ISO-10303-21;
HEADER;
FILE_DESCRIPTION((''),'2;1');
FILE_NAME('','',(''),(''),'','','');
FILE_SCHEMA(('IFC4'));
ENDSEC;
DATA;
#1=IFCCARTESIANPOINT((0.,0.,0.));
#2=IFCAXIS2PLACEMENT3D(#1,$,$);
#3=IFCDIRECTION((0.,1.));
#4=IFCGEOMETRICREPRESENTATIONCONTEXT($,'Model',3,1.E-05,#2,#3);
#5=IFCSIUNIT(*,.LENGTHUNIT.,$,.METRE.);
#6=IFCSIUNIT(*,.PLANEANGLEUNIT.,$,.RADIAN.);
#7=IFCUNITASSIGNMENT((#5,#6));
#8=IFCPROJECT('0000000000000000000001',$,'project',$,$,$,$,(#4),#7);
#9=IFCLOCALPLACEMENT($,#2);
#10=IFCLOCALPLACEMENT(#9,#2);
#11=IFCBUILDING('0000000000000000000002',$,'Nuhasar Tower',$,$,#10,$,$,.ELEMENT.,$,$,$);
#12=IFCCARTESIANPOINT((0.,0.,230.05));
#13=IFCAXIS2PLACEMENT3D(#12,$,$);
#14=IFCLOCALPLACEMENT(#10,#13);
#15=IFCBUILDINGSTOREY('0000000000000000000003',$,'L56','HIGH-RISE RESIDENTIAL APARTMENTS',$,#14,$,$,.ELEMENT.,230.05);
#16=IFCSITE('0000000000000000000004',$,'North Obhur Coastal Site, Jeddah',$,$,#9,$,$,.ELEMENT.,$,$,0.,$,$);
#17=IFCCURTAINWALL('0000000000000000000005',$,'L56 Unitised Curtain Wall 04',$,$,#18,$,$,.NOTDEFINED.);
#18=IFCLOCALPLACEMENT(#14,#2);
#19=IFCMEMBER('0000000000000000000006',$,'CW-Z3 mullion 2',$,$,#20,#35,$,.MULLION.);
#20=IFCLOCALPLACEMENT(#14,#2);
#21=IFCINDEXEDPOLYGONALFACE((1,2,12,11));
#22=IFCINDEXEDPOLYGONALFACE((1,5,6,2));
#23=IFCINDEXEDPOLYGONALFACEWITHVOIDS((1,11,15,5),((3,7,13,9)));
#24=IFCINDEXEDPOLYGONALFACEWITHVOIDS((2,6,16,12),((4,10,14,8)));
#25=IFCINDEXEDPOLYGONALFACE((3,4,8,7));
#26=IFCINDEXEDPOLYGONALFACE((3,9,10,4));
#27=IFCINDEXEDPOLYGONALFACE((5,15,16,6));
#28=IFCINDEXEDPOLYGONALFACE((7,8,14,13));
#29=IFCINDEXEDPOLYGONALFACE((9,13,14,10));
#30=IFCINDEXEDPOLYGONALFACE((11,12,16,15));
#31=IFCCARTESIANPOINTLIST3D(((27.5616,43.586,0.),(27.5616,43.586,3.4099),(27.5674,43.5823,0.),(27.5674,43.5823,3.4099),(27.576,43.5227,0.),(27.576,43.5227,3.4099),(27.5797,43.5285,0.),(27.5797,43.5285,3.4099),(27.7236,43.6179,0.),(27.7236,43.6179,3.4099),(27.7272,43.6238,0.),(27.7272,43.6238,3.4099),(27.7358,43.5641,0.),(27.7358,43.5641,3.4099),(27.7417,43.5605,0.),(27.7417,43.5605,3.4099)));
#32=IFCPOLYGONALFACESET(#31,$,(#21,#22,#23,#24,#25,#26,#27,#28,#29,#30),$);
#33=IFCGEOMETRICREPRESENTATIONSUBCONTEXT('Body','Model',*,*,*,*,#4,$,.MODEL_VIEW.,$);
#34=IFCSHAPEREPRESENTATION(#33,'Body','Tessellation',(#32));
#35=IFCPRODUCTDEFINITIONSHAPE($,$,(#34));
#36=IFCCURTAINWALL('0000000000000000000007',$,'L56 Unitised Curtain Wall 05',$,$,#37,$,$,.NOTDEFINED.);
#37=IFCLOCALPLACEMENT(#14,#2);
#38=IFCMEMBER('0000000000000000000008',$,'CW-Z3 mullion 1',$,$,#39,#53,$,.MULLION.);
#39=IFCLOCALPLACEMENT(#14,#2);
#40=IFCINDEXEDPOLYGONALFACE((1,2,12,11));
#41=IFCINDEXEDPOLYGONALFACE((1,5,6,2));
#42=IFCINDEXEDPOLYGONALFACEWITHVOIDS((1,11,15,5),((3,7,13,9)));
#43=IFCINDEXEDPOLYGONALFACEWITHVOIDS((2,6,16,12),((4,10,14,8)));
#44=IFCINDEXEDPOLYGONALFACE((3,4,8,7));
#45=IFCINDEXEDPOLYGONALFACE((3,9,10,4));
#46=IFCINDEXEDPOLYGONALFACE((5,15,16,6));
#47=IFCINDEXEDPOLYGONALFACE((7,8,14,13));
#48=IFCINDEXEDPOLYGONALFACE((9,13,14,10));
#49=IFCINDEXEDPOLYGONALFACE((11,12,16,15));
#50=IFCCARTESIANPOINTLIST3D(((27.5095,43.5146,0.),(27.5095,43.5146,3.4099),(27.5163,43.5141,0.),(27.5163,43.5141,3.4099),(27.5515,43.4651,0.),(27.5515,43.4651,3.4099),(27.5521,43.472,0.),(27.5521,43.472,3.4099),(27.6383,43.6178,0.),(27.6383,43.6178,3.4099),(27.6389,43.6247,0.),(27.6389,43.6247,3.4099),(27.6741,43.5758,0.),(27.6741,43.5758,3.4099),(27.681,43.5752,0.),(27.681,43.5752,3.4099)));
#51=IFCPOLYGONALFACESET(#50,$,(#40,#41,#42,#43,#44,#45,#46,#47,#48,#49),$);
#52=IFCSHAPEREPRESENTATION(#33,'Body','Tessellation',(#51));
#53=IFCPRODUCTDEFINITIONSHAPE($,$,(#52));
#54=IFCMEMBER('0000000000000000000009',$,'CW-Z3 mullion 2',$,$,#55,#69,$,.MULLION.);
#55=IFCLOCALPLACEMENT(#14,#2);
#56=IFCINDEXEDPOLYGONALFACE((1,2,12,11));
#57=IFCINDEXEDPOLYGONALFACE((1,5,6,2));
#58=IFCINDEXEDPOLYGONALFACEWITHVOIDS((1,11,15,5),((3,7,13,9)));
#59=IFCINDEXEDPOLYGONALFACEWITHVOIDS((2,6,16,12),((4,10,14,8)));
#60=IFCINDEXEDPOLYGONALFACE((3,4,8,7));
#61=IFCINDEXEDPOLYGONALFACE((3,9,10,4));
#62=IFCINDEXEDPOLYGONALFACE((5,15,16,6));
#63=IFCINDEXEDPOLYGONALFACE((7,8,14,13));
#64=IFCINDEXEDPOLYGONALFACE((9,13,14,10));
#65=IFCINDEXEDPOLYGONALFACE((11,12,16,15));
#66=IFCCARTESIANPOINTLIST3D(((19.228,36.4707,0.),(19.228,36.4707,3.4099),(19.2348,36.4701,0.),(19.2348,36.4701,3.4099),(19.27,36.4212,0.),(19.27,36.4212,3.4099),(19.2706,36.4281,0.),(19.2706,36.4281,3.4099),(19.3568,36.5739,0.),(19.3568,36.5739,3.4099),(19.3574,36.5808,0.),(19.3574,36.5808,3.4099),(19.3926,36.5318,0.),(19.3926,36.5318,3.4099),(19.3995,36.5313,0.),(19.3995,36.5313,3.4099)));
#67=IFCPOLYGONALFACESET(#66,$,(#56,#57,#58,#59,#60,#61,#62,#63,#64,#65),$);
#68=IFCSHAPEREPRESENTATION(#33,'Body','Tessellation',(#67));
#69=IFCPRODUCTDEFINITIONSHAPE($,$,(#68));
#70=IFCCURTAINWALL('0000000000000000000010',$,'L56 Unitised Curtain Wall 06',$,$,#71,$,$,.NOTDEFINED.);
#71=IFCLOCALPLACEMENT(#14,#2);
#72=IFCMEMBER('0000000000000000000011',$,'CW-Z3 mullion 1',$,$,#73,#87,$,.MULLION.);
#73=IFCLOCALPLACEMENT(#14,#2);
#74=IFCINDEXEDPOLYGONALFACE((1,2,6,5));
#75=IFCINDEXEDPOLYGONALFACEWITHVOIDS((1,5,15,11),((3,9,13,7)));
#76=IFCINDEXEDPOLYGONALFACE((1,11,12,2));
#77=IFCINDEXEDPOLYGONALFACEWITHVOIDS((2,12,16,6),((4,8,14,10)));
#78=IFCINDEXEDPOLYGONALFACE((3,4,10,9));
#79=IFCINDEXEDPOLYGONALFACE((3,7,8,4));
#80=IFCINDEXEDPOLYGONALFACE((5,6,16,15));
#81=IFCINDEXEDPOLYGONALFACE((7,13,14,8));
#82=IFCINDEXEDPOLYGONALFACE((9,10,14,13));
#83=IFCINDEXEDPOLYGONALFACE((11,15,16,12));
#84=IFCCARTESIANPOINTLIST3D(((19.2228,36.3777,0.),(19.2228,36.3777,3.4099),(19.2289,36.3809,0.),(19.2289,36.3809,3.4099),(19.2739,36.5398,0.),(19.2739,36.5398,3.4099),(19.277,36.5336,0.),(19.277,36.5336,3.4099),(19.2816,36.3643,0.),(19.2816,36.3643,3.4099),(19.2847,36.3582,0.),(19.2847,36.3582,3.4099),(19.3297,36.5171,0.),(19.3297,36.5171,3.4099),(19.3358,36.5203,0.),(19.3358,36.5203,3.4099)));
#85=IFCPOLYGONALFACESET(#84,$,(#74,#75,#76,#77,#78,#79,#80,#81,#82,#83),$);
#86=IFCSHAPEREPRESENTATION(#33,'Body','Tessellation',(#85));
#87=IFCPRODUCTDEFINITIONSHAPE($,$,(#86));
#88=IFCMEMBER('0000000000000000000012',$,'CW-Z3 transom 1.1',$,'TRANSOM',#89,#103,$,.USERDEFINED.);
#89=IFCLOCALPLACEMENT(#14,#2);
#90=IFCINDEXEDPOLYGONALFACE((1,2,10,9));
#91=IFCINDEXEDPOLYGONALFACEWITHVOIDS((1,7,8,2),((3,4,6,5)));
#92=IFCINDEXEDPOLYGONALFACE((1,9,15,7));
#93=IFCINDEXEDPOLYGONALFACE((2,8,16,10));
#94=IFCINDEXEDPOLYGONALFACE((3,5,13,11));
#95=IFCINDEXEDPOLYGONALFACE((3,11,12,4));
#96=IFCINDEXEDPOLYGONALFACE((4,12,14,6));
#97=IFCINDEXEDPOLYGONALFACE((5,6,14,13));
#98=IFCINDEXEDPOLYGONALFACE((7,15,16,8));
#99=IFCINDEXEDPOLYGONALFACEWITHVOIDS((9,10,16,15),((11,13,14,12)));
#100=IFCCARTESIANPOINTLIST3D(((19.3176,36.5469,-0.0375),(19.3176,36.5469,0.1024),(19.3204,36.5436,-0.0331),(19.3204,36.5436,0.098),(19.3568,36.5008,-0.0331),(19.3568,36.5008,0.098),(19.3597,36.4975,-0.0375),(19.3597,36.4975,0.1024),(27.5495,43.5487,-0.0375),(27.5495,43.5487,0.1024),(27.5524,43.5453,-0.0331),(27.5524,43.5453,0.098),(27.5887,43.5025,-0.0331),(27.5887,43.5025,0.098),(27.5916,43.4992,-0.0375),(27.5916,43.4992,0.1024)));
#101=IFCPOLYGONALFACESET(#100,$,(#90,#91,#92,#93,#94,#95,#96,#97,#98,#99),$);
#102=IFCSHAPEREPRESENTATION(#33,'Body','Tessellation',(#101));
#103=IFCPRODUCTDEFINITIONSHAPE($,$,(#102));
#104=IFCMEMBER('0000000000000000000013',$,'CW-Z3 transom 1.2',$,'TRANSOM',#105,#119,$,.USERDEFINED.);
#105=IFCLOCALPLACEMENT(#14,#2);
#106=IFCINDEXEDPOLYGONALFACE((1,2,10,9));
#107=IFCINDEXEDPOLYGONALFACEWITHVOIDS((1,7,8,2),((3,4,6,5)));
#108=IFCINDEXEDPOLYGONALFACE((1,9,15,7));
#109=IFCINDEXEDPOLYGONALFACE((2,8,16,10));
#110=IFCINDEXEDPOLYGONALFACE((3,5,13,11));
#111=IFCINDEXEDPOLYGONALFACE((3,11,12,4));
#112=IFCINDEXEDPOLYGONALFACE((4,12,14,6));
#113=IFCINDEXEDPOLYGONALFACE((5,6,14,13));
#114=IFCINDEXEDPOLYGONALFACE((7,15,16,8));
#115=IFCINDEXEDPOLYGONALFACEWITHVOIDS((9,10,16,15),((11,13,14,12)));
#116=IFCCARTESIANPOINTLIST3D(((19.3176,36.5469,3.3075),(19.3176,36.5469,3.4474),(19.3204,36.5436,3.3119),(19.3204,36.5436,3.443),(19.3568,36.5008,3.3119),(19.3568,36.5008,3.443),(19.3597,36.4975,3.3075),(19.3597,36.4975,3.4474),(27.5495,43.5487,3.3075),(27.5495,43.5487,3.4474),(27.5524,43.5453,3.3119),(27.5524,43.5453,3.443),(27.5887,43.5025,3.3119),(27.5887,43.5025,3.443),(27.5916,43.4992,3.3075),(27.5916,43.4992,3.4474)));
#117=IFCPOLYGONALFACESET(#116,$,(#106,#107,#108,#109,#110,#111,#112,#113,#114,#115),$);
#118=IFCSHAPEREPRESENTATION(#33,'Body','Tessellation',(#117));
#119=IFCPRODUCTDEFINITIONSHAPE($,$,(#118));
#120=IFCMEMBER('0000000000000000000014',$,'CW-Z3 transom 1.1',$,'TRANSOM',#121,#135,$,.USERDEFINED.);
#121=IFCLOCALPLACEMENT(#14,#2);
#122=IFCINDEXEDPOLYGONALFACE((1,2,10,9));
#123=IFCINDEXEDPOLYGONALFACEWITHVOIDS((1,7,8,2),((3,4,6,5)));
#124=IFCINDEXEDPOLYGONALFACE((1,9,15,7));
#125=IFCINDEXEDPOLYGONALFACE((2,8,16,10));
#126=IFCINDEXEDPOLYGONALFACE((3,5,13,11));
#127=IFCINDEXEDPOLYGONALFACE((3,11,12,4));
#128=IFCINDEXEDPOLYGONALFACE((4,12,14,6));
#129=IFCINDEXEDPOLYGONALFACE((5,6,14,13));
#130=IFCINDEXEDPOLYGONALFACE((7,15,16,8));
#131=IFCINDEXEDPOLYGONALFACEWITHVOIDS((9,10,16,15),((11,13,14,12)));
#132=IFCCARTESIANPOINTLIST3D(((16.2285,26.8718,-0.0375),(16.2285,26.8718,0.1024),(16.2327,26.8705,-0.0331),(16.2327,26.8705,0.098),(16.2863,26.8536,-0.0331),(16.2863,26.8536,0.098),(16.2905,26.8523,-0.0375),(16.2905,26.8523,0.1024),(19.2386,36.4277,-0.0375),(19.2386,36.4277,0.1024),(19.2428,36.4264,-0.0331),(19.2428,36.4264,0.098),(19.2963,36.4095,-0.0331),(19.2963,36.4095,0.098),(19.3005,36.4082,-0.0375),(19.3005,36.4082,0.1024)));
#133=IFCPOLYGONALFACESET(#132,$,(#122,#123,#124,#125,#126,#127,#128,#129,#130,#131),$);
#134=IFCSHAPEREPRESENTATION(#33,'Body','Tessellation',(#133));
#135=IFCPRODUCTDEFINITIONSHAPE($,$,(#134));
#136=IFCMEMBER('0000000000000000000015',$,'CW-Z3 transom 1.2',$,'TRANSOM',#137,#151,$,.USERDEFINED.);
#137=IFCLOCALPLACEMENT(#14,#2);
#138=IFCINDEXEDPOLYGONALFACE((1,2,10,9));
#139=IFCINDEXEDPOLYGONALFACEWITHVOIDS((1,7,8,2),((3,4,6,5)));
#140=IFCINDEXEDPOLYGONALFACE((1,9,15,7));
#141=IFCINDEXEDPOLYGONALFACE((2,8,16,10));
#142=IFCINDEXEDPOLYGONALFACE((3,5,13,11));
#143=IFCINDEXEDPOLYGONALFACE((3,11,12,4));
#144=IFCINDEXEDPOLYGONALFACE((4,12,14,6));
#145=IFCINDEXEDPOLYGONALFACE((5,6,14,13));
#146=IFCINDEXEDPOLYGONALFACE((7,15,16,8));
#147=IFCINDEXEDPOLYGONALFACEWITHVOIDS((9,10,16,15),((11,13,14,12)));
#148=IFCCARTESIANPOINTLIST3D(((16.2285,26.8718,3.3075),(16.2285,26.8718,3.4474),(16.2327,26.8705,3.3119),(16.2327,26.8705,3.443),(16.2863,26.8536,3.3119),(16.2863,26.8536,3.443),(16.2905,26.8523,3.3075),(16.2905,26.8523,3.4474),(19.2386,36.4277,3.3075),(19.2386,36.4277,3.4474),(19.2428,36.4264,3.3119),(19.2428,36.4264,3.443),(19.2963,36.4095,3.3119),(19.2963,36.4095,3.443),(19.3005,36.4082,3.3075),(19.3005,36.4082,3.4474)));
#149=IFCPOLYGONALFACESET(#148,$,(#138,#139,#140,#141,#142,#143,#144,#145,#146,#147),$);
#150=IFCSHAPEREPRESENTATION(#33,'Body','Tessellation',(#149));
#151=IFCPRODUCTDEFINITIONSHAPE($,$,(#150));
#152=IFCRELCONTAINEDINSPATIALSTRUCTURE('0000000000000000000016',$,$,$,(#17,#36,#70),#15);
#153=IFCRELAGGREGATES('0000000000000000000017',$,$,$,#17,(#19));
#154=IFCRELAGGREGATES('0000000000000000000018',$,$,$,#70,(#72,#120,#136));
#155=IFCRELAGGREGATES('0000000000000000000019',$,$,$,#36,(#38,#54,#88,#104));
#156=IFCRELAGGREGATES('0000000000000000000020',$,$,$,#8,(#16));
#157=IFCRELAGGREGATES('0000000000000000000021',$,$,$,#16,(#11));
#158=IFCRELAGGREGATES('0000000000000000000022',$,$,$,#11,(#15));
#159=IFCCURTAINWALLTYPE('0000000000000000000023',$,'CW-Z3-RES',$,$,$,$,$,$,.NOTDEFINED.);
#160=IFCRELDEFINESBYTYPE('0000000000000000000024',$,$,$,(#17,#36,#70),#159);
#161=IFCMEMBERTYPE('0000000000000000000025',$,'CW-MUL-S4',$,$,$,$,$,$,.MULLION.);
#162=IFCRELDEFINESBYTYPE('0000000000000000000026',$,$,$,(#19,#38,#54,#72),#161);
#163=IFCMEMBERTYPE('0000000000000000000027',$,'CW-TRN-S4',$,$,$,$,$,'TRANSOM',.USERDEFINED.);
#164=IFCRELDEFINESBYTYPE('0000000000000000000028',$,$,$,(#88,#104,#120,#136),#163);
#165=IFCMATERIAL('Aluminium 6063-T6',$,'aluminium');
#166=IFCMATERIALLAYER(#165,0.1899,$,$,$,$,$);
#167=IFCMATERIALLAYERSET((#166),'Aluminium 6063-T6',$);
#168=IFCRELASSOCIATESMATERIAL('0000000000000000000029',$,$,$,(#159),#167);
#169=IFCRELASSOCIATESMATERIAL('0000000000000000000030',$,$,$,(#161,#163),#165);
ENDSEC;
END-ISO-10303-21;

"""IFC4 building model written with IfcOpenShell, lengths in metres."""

from ifc_helpers import new_model, si_unit, direction, frame, origin, origin_2d, place, context, subcontext, project, spatial, hollow_rectangle, extrude, material, layer, layer_set, material_profile, profile_set, type_object, element, aggregate, save


model = new_model("IFC4")

# Units and contexts
model_context = context("Model", 3, precision=1e-05, world=origin(), true_north=direction((0.0, 1.0)))
body_context = subcontext(model_context, "Body", "Model", "MODEL_VIEW")
ifc_project = project(units=[si_unit("LENGTHUNIT", "METRE"), si_unit("PLANEANGLEUNIT", "RADIAN")], contexts=[model_context])

# Site, building, storey
site_placement = place(None, origin())
site = spatial("IfcSite", under=ifc_project, at=site_placement, Name="North Obhur Coastal Site, Jeddah", CompositionType="ELEMENT", RefElevation=0.0)
building_placement = place(site_placement, origin())
building = spatial("IfcBuilding", under=site, at=building_placement, Name="Nuhasar Tower", CompositionType="ELEMENT")
storey_placement = place(building_placement, frame((0.0, 0.0, 230.05)))
storey = spatial("IfcBuildingStorey", under=building, at=storey_placement, Name="L56", Description="HIGH-RISE RESIDENTIAL APARTMENTS", CompositionType="ELEMENT", Elevation=230.05)

# Curtain wall, member
ifc_material_1 = material(Name="Aluminium 6063-T6", Category="aluminium")
ifc_layer_1 = layer(ifc_material_1, 0.1899)
ifc_layer_set_1 = layer_set([ifc_layer_1], Name="Aluminium 6063-T6")
curtain_wall_type = type_object("IfcCurtainWallType", Name="CW-Z3-RES", PredefinedType="NOTDEFINED", material=ifc_layer_set_1)
curtain_wall_1_placement = place(storey_placement, origin())
curtain_wall_1 = element("IfcCurtainWall", 1, at=curtain_wall_1_placement, inside=storey, type_object=curtain_wall_type, Name="L56 Unitised Curtain Wall 04", PredefinedType="NOTDEFINED")
ifc_material_profile_1 = material_profile(ifc_material_1, hollow_rectangle(XDim=0.0649, YDim=0.1699, WallThickness=0.0049, at=origin_2d()), Name="CWM-4")
ifc_profile_set_1 = profile_set([ifc_material_profile_1], Name="Aluminium 6063-T6")
member_type_1 = type_object("IfcMemberType", Name="CW-MUL-S4", PredefinedType="MULLION", material=ifc_profile_set_1)
member_1_placement = place(storey_placement, frame((27.6516, 43.5732, 0.0), z_axis=(0.0, 0.0, 1.0), x_axis=(0.222243, -0.974991, 0.0)))
member_1 = element("IfcMember", 2, at=member_1_placement, type_object=member_type_1, Name="CW-Z3 mullion 2", PredefinedType="MULLION", context=body_context, shape_type="SweptSolid", body=[
    extrude(hollow_rectangle(XDim=0.0649, YDim=0.1699, WallThickness=0.0049, at=origin_2d()), origin(), (0.0, 0.0, 1.0), 3.4099),
])
aggregate(curtain_wall_1, [member_1])

# Curtain wall, members
curtain_wall_2_placement = place(storey_placement, origin())
curtain_wall_2 = element("IfcCurtainWall", 3, at=curtain_wall_2_placement, inside=storey, type_object=curtain_wall_type, Name="L56 Unitised Curtain Wall 05", PredefinedType="NOTDEFINED")
member_2_placement = place(storey_placement, frame((27.5952, 43.5449, 0.0), z_axis=(0.0, 0.0, 1.0), x_axis=(0.647895, -0.761729, 0.0)))
member_2 = element("IfcMember", 4, at=member_2_placement, type_object=member_type_1, Name="CW-Z3 mullion 1", PredefinedType="MULLION", context=body_context, shape_type="SweptSolid", body=[
    extrude(hollow_rectangle(XDim=0.0649, YDim=0.1699, WallThickness=0.0049, at=origin_2d()), origin(), (0.0, 0.0, 1.0), 3.4099),
])
member_3_placement = place(storey_placement, frame((19.3137, 36.501, 0.0), z_axis=(0.0, 0.0, 1.0), x_axis=(0.647895, -0.761729, 0.0)))
member_3 = element("IfcMember", 5, at=member_3_placement, type_object=member_type_1, Name="CW-Z3 mullion 2", PredefinedType="MULLION", context=body_context, shape_type="SweptSolid", body=[
    extrude(hollow_rectangle(XDim=0.0649, YDim=0.1699, WallThickness=0.0049, at=origin_2d()), origin(), (0.0, 0.0, 1.0), 3.4099),
])

# Curtain wall, member
curtain_wall_3_placement = place(storey_placement, origin())
curtain_wall_3 = element("IfcCurtainWall", 6, at=curtain_wall_3_placement, inside=storey, type_object=curtain_wall_type, Name="L56 Unitised Curtain Wall 06", PredefinedType="NOTDEFINED")
member_4_placement = place(storey_placement, frame((19.2793, 36.449, 0.0), z_axis=(0.0, 0.0, 1.0), x_axis=(0.953804, -0.300429, 0.0)))
member_4 = element("IfcMember", 7, at=member_4_placement, type_object=member_type_1, Name="CW-Z3 mullion 1", PredefinedType="MULLION", context=body_context, shape_type="SweptSolid", body=[
    extrude(hollow_rectangle(XDim=0.0649, YDim=0.1699, WallThickness=0.0049, at=origin_2d()), origin(), (0.0, 0.0, 1.0), 3.4099),
])

# Members
ifc_material_profile_2 = material_profile(ifc_material_1, hollow_rectangle(XDim=0.0649, YDim=0.1399, WallThickness=0.0044, at=origin_2d()), Name="CWT-4")
ifc_profile_set_2 = profile_set([ifc_material_profile_2], Name="Aluminium 6063-T6")
member_type_2 = type_object("IfcMemberType", Name="CW-TRN-S4", ElementType="TRANSOM", PredefinedType="USERDEFINED", material=ifc_profile_set_2)
member_5_placement = place(storey_placement, frame((27.5706, 43.5239, 0.0325), z_axis=(-0.761731, -0.647894, 0.0), x_axis=(0.647894, -0.761731, 0.0)))
member_5 = element("IfcMember", 8, at=member_5_placement, type_object=member_type_2, Name="CW-Z3 transom 1.1", ObjectType="TRANSOM", PredefinedType="USERDEFINED", context=body_context, shape_type="SweptSolid", body=[
    extrude(hollow_rectangle(XDim=0.0649, YDim=0.1399, WallThickness=0.0044, at=origin_2d()), origin(), (0.0, 0.0, 1.0), 10.8069),
])
member_6_placement = place(storey_placement, frame((27.5706, 43.5239, 3.3774), z_axis=(-0.761731, -0.647894, 0.0), x_axis=(0.647894, -0.761731, 0.0)))
member_6 = element("IfcMember", 9, at=member_6_placement, type_object=member_type_2, Name="CW-Z3 transom 1.2", ObjectType="TRANSOM", PredefinedType="USERDEFINED", context=body_context, shape_type="SweptSolid", body=[
    extrude(hollow_rectangle(XDim=0.0649, YDim=0.1399, WallThickness=0.0044, at=origin_2d()), origin(), (0.0, 0.0, 1.0), 10.8069),
])
member_7_placement = place(storey_placement, frame((19.2695, 36.418, 0.0325), z_axis=(-0.300437, -0.953802, 0.0), x_axis=(0.953802, -0.300437, 0.0)))
member_7 = element("IfcMember", 10, at=member_7_placement, type_object=member_type_2, Name="CW-Z3 transom 1.1", ObjectType="TRANSOM", PredefinedType="USERDEFINED", context=body_context, shape_type="SweptSolid", body=[
    extrude(hollow_rectangle(XDim=0.0649, YDim=0.1399, WallThickness=0.0044, at=origin_2d()), origin(), (0.0, 0.0, 1.0), 10.0188),
])
member_8_placement = place(storey_placement, frame((19.2695, 36.418, 3.3774), z_axis=(-0.300437, -0.953802, 0.0), x_axis=(0.953802, -0.300437, 0.0)))
member_8 = element("IfcMember", 11, at=member_8_placement, type_object=member_type_2, Name="CW-Z3 transom 1.2", ObjectType="TRANSOM", PredefinedType="USERDEFINED", context=body_context, shape_type="SweptSolid", body=[
    extrude(hollow_rectangle(XDim=0.0649, YDim=0.1399, WallThickness=0.0044, at=origin_2d()), origin(), (0.0, 0.0, 1.0), 10.0188),
])
aggregate(curtain_wall_3, [member_4, member_7, member_8])

aggregate(curtain_wall_2, [member_2, member_3, member_5, member_6])

save(model, "model.ifc")
